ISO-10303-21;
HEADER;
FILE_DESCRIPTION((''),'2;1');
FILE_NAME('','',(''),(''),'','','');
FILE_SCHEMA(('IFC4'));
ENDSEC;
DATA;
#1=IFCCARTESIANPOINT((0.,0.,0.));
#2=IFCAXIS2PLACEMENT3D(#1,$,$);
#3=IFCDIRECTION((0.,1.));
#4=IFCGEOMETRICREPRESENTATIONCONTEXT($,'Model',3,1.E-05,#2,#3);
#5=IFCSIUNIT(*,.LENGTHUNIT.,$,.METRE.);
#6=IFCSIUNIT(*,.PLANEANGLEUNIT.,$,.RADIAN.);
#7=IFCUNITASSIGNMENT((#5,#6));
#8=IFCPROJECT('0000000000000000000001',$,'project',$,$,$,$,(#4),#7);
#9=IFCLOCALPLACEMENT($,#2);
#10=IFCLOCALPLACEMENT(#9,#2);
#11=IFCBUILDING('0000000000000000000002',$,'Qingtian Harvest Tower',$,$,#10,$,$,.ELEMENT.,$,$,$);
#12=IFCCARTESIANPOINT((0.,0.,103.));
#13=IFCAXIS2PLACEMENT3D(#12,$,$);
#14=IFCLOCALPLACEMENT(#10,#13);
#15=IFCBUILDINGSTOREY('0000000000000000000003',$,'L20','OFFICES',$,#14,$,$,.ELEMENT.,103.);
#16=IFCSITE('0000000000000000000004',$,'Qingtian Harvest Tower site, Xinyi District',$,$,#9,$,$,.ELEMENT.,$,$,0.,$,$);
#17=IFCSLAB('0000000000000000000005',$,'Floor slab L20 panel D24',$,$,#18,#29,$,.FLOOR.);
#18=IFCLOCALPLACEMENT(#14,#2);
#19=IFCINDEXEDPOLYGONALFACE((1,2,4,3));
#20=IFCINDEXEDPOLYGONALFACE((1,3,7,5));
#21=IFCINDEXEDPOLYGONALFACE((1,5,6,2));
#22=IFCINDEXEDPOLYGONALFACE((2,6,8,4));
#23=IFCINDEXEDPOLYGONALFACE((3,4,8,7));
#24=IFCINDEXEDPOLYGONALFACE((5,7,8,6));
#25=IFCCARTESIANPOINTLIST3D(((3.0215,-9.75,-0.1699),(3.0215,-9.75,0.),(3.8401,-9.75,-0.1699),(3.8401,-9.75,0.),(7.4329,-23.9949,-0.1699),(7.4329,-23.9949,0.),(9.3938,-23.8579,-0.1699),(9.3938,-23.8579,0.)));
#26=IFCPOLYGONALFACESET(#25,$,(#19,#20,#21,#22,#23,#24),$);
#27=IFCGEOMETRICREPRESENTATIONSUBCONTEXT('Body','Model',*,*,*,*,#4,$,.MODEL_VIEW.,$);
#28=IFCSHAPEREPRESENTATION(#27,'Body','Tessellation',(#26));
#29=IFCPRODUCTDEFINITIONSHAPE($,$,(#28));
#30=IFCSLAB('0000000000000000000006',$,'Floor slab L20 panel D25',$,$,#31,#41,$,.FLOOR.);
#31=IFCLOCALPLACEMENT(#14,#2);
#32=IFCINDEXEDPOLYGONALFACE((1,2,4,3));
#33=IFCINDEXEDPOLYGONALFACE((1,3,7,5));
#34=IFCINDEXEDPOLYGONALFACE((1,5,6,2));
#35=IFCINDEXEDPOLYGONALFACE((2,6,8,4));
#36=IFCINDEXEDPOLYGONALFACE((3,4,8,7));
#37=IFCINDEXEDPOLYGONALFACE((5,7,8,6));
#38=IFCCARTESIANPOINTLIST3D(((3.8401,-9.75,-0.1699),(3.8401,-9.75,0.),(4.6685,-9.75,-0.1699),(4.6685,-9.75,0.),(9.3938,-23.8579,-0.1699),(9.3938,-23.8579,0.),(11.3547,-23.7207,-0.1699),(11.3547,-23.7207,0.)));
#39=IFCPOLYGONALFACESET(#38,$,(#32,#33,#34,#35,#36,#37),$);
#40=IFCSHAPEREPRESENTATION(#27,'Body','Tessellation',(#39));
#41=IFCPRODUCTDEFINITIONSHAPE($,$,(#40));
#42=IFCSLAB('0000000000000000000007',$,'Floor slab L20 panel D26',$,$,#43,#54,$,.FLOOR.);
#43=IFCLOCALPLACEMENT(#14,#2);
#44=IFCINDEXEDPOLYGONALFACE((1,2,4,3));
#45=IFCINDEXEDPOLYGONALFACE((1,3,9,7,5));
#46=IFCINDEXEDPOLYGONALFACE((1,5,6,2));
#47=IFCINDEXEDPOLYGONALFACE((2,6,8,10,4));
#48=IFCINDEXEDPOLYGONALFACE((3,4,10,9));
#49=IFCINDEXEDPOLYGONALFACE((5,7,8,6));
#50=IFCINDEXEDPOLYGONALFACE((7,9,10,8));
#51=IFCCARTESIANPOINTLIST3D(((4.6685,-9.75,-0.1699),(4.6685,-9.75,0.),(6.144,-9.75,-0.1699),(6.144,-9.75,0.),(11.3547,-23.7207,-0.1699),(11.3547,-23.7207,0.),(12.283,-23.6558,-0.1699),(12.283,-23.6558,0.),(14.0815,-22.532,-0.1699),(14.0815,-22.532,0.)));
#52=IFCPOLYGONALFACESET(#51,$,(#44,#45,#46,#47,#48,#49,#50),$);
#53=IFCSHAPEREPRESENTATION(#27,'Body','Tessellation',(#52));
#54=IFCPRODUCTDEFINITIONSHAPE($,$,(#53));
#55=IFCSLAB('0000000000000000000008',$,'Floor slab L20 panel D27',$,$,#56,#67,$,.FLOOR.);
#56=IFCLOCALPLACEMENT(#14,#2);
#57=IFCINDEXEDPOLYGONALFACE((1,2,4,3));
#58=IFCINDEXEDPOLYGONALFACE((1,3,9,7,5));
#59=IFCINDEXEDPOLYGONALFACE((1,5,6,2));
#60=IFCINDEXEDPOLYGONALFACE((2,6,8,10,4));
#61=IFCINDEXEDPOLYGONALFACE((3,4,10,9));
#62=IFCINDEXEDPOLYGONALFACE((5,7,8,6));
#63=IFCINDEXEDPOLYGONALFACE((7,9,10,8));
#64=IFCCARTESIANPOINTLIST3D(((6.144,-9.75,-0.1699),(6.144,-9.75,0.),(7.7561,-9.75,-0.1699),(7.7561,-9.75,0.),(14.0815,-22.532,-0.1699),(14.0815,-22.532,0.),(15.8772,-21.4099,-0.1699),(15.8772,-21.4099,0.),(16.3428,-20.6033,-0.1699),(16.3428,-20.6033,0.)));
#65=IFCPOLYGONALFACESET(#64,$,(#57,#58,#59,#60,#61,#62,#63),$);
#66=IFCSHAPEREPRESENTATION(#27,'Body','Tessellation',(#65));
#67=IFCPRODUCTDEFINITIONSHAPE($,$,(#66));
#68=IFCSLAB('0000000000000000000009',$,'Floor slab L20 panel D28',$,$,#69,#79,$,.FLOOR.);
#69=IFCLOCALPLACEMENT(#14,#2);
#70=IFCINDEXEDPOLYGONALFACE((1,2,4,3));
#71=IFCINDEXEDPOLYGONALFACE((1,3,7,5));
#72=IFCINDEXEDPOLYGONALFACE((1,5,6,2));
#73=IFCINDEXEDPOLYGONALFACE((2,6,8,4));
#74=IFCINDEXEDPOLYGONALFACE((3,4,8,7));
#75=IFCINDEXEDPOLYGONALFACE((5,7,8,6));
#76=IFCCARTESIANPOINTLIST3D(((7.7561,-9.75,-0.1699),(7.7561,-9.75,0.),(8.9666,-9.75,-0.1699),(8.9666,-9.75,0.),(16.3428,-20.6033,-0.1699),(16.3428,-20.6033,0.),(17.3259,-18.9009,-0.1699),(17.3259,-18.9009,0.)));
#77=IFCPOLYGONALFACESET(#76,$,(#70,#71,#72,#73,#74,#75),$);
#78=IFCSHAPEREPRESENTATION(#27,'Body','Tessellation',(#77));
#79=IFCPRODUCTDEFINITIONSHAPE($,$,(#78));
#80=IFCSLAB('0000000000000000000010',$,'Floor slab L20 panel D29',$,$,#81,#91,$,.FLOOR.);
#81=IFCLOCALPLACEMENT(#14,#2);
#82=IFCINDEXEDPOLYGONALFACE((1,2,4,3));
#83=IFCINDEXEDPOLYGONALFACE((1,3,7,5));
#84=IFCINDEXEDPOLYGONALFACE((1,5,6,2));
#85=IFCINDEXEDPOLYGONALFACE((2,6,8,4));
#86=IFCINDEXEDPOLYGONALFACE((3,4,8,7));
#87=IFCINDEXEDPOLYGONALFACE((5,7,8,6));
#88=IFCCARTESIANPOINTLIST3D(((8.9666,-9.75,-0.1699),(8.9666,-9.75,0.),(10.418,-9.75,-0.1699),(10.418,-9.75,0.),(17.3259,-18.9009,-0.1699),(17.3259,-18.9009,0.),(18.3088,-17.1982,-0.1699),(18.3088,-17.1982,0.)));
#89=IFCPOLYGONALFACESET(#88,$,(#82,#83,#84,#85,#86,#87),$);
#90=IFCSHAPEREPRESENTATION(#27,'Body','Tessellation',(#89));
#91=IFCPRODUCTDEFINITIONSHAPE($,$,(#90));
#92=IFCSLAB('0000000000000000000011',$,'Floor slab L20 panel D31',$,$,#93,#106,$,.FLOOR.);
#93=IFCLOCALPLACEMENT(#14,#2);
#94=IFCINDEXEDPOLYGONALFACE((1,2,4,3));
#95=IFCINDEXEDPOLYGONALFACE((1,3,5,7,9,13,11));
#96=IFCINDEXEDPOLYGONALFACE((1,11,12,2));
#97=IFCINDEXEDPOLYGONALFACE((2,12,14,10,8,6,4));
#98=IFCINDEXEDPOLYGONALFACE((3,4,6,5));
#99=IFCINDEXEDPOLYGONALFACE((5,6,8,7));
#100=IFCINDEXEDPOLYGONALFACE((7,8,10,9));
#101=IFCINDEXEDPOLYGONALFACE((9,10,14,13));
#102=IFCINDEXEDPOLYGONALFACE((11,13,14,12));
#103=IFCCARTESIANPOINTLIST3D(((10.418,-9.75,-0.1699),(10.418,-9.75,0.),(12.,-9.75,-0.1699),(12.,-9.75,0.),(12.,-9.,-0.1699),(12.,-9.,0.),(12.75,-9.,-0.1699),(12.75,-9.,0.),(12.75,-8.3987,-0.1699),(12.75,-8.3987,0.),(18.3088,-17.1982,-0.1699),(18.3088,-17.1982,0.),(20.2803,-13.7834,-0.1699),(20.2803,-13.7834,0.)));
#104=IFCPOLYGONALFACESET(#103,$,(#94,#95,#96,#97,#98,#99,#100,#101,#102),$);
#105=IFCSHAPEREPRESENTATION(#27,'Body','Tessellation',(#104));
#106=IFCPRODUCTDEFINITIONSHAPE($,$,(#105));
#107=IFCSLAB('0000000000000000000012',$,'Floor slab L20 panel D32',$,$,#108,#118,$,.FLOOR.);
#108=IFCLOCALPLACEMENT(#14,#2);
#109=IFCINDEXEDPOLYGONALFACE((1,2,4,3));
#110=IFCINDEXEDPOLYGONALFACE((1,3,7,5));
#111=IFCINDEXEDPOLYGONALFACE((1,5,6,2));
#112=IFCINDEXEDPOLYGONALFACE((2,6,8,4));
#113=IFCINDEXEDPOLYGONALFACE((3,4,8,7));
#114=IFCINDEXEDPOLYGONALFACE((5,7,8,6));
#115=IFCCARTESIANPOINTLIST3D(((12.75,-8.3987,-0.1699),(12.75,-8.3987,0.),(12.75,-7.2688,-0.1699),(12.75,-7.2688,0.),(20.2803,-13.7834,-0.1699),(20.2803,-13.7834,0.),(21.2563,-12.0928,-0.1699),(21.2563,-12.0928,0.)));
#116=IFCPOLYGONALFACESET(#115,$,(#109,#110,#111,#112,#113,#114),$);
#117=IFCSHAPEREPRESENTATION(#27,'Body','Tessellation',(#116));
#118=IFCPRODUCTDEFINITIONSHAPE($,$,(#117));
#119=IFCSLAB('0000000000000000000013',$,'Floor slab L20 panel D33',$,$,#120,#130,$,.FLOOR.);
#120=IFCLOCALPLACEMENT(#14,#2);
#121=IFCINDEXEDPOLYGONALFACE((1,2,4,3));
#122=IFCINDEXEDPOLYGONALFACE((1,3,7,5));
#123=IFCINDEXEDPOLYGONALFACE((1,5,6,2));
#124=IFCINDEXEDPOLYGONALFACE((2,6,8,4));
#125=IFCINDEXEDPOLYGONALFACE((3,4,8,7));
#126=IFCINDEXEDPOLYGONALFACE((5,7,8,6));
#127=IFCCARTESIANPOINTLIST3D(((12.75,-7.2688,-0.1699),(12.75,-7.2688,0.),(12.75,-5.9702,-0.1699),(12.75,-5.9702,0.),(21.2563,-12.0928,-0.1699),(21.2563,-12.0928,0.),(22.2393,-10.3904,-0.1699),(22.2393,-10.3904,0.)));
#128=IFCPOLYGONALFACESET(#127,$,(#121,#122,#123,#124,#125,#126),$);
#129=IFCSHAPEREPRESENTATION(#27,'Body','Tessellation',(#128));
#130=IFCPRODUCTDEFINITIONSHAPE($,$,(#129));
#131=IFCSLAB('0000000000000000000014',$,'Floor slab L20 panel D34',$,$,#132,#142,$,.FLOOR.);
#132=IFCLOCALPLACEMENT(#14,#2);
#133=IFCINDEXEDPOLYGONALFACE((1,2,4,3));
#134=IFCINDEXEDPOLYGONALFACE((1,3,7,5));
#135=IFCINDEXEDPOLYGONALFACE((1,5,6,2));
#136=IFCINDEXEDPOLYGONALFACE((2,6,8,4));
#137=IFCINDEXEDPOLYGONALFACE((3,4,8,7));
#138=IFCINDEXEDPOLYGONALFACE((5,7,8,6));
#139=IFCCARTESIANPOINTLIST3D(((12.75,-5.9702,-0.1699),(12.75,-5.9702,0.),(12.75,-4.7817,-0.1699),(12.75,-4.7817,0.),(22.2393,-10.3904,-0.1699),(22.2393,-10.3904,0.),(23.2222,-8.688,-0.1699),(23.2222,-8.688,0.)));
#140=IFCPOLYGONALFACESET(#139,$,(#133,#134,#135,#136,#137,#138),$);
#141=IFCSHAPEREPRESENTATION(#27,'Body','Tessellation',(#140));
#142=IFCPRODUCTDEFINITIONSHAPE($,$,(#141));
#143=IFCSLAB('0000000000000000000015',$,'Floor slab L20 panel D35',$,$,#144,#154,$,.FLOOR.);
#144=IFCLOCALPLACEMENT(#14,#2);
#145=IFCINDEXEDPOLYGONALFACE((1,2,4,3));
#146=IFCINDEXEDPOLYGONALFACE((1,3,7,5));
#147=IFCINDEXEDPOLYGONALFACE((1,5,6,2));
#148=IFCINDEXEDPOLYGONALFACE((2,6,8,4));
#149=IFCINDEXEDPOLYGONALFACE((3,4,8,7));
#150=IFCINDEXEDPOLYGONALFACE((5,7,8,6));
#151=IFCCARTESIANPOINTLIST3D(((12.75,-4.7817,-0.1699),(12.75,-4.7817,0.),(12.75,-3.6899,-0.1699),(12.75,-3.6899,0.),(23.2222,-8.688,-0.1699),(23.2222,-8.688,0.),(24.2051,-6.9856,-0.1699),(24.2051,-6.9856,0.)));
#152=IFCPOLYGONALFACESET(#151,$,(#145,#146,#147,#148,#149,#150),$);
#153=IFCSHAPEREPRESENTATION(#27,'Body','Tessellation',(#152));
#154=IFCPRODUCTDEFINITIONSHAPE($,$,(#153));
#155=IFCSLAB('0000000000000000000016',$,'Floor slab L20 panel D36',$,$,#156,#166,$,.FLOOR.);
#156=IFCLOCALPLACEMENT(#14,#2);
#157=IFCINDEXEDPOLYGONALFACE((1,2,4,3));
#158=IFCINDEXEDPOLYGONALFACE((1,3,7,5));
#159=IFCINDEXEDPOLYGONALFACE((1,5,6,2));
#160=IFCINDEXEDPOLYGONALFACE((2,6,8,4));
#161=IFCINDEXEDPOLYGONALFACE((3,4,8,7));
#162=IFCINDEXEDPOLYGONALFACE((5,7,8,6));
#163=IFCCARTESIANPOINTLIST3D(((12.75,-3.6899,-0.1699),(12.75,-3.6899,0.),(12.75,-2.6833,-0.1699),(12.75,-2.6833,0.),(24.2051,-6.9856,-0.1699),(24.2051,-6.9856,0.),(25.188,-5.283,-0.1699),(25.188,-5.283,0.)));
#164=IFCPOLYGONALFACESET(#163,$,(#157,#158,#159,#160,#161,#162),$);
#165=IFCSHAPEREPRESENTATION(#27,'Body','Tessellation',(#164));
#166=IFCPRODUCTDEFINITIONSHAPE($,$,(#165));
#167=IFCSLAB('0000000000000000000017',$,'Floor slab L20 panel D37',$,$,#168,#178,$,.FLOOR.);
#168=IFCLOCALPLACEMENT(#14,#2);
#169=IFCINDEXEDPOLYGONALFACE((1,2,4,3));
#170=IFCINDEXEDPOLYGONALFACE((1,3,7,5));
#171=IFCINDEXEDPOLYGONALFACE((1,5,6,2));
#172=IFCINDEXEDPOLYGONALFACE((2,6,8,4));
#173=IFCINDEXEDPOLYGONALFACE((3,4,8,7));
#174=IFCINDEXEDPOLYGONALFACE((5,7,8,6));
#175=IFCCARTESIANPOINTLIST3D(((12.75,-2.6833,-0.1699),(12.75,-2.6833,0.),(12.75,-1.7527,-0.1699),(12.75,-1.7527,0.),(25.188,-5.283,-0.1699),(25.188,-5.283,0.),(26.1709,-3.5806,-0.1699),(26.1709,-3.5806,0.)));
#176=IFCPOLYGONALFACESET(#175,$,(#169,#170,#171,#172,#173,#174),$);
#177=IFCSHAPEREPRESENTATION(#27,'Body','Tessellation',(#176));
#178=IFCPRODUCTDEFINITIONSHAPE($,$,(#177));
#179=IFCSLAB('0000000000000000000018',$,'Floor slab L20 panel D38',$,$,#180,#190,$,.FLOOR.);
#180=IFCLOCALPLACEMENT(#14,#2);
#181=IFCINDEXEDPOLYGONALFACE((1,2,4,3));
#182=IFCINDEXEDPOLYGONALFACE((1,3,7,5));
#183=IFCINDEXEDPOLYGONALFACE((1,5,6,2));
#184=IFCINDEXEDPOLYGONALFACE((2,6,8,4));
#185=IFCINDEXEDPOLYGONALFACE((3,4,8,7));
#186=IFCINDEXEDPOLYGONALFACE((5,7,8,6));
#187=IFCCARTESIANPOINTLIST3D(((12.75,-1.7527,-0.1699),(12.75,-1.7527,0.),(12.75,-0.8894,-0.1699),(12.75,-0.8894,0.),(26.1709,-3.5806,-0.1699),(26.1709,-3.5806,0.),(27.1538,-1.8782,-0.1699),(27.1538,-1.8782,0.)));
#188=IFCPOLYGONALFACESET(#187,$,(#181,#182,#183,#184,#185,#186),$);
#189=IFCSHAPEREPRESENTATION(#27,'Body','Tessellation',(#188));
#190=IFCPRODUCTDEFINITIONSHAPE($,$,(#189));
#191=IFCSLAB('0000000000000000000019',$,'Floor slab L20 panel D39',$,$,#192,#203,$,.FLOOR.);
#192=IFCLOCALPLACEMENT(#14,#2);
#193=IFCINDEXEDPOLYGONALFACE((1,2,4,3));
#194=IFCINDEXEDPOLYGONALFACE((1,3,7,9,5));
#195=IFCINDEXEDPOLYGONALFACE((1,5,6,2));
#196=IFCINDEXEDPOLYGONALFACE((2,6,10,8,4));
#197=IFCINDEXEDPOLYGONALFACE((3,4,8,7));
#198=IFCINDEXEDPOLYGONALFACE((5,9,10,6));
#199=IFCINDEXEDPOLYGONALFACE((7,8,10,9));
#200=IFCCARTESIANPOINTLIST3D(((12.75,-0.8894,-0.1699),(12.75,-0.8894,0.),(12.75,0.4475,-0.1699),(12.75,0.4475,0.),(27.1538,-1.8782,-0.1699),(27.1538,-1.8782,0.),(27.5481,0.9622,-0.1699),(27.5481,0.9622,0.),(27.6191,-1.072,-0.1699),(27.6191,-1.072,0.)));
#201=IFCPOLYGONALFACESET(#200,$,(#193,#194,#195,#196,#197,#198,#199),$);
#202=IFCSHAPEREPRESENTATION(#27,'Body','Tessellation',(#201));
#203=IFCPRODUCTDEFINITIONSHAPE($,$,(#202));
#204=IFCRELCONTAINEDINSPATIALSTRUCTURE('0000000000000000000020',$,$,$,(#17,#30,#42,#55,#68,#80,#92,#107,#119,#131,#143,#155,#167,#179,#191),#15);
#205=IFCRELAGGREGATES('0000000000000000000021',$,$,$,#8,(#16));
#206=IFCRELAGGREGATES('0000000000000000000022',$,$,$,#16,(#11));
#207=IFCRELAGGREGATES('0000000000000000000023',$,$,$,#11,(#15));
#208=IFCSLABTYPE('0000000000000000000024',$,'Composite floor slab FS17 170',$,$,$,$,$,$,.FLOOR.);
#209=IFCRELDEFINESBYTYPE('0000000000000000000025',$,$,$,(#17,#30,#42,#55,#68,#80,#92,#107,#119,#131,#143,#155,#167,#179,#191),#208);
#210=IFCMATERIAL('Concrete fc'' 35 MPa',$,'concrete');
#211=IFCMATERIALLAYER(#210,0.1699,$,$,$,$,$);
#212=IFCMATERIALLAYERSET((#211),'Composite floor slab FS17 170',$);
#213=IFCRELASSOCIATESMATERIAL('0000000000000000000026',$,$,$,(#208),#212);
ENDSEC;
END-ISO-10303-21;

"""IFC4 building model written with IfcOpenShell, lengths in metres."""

from ifc_helpers import new_model, si_unit, direction, frame, origin, place, context, subcontext, project, spatial, polyline, outline, extrude, material, layer, layer_set, type_object, element, save


model = new_model("IFC4")

# Units and contexts
model_context = context("Model", 3, precision=1e-05, world=origin(), true_north=direction((0.0, 1.0)))
body_context = subcontext(model_context, "Body", "Model", "MODEL_VIEW")
ifc_project = project(units=[si_unit("LENGTHUNIT", "METRE"), si_unit("PLANEANGLEUNIT", "RADIAN")], contexts=[model_context])

# Site, building, storey
site_placement = place(None, origin())
site = spatial("IfcSite", under=ifc_project, at=site_placement, Name="Qingtian Harvest Tower site, Xinyi District", CompositionType="ELEMENT", RefElevation=0.0)
building_placement = place(site_placement, origin())
building = spatial("IfcBuilding", under=site, at=building_placement, Name="Qingtian Harvest Tower", CompositionType="ELEMENT")
storey_placement = place(building_placement, frame((0.0, 0.0, 103.0)))
storey = spatial("IfcBuildingStorey", under=building, at=storey_placement, Name="L20", Description="OFFICES", CompositionType="ELEMENT", Elevation=103.0)

# Slabs
ifc_material = material(Name="Concrete fc' 35 MPa", Category="concrete")
ifc_layer = layer(ifc_material, 0.1699)
ifc_layer_set = layer_set([ifc_layer], Name="Composite floor slab FS17 170")
slab_type = type_object("IfcSlabType", Name="Composite floor slab FS17 170", PredefinedType="FLOOR", material=ifc_layer_set)
slab_1_placement = place(storey_placement, frame((0.0, 0.0, -0.1699)))
element("IfcSlab", 1, at=slab_1_placement, inside=storey, type_object=slab_type, Name="Floor slab L20 panel D24", PredefinedType="FLOOR", context=body_context, shape_type="SweptSolid", body=[
    extrude(outline(polyline([(3.8401, -9.75), (9.3938, -23.8579), (7.4329, -23.9949), (3.0215, -9.75), (3.8401, -9.75)])), origin(), (0.0, 0.0, 1.0), 0.1699),
])
slab_2_placement = place(storey_placement, frame((0.0, 0.0, -0.1699)))
element("IfcSlab", 2, at=slab_2_placement, inside=storey, type_object=slab_type, Name="Floor slab L20 panel D25", PredefinedType="FLOOR", context=body_context, shape_type="SweptSolid", body=[
    extrude(outline(polyline([(4.6685, -9.75), (11.3547, -23.7207), (9.3938, -23.8579), (3.8401, -9.75), (4.6685, -9.75)])), origin(), (0.0, 0.0, 1.0), 0.1699),
])
slab_3_placement = place(storey_placement, frame((0.0, 0.0, -0.1699)))
element("IfcSlab", 3, at=slab_3_placement, inside=storey, type_object=slab_type, Name="Floor slab L20 panel D26", PredefinedType="FLOOR", context=body_context, shape_type="SweptSolid", body=[
    extrude(outline(polyline([(4.6685, -9.75), (6.144, -9.75), (14.0815, -22.532), (12.283, -23.6558), (11.3547, -23.7207), (4.6685, -9.75)])), origin(), (0.0, 0.0, 1.0), 0.1699),
])
slab_4_placement = place(storey_placement, frame((0.0, 0.0, -0.1699)))
element("IfcSlab", 4, at=slab_4_placement, inside=storey, type_object=slab_type, Name="Floor slab L20 panel D27", PredefinedType="FLOOR", context=body_context, shape_type="SweptSolid", body=[
    extrude(outline(polyline([(6.144, -9.75), (7.7561, -9.75), (16.3428, -20.6033), (15.8772, -21.4099), (14.0815, -22.532), (6.144, -9.75)])), origin(), (0.0, 0.0, 1.0), 0.1699),
])
slab_5_placement = place(storey_placement, frame((0.0, 0.0, -0.1699)))
element("IfcSlab", 5, at=slab_5_placement, inside=storey, type_object=slab_type, Name="Floor slab L20 panel D28", PredefinedType="FLOOR", context=body_context, shape_type="SweptSolid", body=[
    extrude(outline(polyline([(8.9666, -9.75), (17.3259, -18.9009), (16.3428, -20.6033), (7.7561, -9.75), (8.9666, -9.75)])), origin(), (0.0, 0.0, 1.0), 0.1699),
])
slab_6_placement = place(storey_placement, frame((0.0, 0.0, -0.1699)))
element("IfcSlab", 6, at=slab_6_placement, inside=storey, type_object=slab_type, Name="Floor slab L20 panel D29", PredefinedType="FLOOR", context=body_context, shape_type="SweptSolid", body=[
    extrude(outline(polyline([(10.418, -9.75), (18.3088, -17.1982), (17.3259, -18.9009), (8.9666, -9.75), (10.418, -9.75)])), origin(), (0.0, 0.0, 1.0), 0.1699),
])
slab_7_placement = place(storey_placement, frame((0.0, 0.0, -0.1699)))
element("IfcSlab", 7, at=slab_7_placement, inside=storey, type_object=slab_type, Name="Floor slab L20 panel D31", PredefinedType="FLOOR", context=body_context, shape_type="SweptSolid", body=[
    extrude(outline(polyline([(12.75, -8.3987), (20.2803, -13.7834), (18.3088, -17.1982), (10.418, -9.75), (12.0, -9.75), (12.0, -9.0), (12.75, -9.0), (12.75, -8.3987)])), origin(), (0.0, 0.0, 1.0), 0.1699),
])
slab_8_placement = place(storey_placement, frame((0.0, 0.0, -0.1699)))
element("IfcSlab", 8, at=slab_8_placement, inside=storey, type_object=slab_type, Name="Floor slab L20 panel D32", PredefinedType="FLOOR", context=body_context, shape_type="SweptSolid", body=[
    extrude(outline(polyline([(12.75, -7.2688), (21.2563, -12.0928), (20.2803, -13.7834), (12.75, -8.3987), (12.75, -7.2688)])), origin(), (0.0, 0.0, 1.0), 0.1699),
])
slab_9_placement = place(storey_placement, frame((0.0, 0.0, -0.1699)))
element("IfcSlab", 9, at=slab_9_placement, inside=storey, type_object=slab_type, Name="Floor slab L20 panel D33", PredefinedType="FLOOR", context=body_context, shape_type="SweptSolid", body=[
    extrude(outline(polyline([(12.75, -5.9702), (22.2393, -10.3904), (21.2563, -12.0928), (12.75, -7.2688), (12.75, -5.9702)])), origin(), (0.0, 0.0, 1.0), 0.1699),
])
slab_10_placement = place(storey_placement, frame((0.0, 0.0, -0.1699)))
element("IfcSlab", 10, at=slab_10_placement, inside=storey, type_object=slab_type, Name="Floor slab L20 panel D34", PredefinedType="FLOOR", context=body_context, shape_type="SweptSolid", body=[
    extrude(outline(polyline([(12.75, -4.7817), (23.2222, -8.688), (22.2393, -10.3904), (12.75, -5.9702), (12.75, -4.7817)])), origin(), (0.0, 0.0, 1.0), 0.1699),
])
slab_11_placement = place(storey_placement, frame((0.0, 0.0, -0.1699)))
element("IfcSlab", 11, at=slab_11_placement, inside=storey, type_object=slab_type, Name="Floor slab L20 panel D35", PredefinedType="FLOOR", context=body_context, shape_type="SweptSolid", body=[
    extrude(outline(polyline([(12.75, -3.6899), (24.2051, -6.9856), (23.2222, -8.688), (12.75, -4.7817), (12.75, -3.6899)])), origin(), (0.0, 0.0, 1.0), 0.1699),
])
slab_12_placement = place(storey_placement, frame((0.0, 0.0, -0.1699)))
element("IfcSlab", 12, at=slab_12_placement, inside=storey, type_object=slab_type, Name="Floor slab L20 panel D36", PredefinedType="FLOOR", context=body_context, shape_type="SweptSolid", body=[
    extrude(outline(polyline([(12.75, -2.6833), (25.188, -5.283), (24.2051, -6.9856), (12.75, -3.6899), (12.75, -2.6833)])), origin(), (0.0, 0.0, 1.0), 0.1699),
])
slab_13_placement = place(storey_placement, frame((0.0, 0.0, -0.1699)))
element("IfcSlab", 13, at=slab_13_placement, inside=storey, type_object=slab_type, Name="Floor slab L20 panel D37", PredefinedType="FLOOR", context=body_context, shape_type="SweptSolid", body=[
    extrude(outline(polyline([(12.75, -1.7527), (26.1709, -3.5806), (25.188, -5.283), (12.75, -2.6833), (12.75, -1.7527)])), origin(), (0.0, 0.0, 1.0), 0.1699),
])
slab_14_placement = place(storey_placement, frame((0.0, 0.0, -0.1699)))
element("IfcSlab", 14, at=slab_14_placement, inside=storey, type_object=slab_type, Name="Floor slab L20 panel D38", PredefinedType="FLOOR", context=body_context, shape_type="SweptSolid", body=[
    extrude(outline(polyline([(12.75, -0.8894), (27.1538, -1.8782), (26.1709, -3.5806), (12.75, -1.7527), (12.75, -0.8894)])), origin(), (0.0, 0.0, 1.0), 0.1699),
])
slab_15_placement = place(storey_placement, frame((0.0, 0.0, -0.1699)))
element("IfcSlab", 15, at=slab_15_placement, inside=storey, type_object=slab_type, Name="Floor slab L20 panel D39", PredefinedType="FLOOR", context=body_context, shape_type="SweptSolid", body=[
    extrude(outline(polyline([(12.75, -0.8894), (12.75, 0.4475), (27.5481, 0.9622), (27.6191, -1.072), (27.1538, -1.8782), (12.75, -0.8894)])), origin(), (0.0, 0.0, 1.0), 0.1699),
])

save(model, "model.ifc")
